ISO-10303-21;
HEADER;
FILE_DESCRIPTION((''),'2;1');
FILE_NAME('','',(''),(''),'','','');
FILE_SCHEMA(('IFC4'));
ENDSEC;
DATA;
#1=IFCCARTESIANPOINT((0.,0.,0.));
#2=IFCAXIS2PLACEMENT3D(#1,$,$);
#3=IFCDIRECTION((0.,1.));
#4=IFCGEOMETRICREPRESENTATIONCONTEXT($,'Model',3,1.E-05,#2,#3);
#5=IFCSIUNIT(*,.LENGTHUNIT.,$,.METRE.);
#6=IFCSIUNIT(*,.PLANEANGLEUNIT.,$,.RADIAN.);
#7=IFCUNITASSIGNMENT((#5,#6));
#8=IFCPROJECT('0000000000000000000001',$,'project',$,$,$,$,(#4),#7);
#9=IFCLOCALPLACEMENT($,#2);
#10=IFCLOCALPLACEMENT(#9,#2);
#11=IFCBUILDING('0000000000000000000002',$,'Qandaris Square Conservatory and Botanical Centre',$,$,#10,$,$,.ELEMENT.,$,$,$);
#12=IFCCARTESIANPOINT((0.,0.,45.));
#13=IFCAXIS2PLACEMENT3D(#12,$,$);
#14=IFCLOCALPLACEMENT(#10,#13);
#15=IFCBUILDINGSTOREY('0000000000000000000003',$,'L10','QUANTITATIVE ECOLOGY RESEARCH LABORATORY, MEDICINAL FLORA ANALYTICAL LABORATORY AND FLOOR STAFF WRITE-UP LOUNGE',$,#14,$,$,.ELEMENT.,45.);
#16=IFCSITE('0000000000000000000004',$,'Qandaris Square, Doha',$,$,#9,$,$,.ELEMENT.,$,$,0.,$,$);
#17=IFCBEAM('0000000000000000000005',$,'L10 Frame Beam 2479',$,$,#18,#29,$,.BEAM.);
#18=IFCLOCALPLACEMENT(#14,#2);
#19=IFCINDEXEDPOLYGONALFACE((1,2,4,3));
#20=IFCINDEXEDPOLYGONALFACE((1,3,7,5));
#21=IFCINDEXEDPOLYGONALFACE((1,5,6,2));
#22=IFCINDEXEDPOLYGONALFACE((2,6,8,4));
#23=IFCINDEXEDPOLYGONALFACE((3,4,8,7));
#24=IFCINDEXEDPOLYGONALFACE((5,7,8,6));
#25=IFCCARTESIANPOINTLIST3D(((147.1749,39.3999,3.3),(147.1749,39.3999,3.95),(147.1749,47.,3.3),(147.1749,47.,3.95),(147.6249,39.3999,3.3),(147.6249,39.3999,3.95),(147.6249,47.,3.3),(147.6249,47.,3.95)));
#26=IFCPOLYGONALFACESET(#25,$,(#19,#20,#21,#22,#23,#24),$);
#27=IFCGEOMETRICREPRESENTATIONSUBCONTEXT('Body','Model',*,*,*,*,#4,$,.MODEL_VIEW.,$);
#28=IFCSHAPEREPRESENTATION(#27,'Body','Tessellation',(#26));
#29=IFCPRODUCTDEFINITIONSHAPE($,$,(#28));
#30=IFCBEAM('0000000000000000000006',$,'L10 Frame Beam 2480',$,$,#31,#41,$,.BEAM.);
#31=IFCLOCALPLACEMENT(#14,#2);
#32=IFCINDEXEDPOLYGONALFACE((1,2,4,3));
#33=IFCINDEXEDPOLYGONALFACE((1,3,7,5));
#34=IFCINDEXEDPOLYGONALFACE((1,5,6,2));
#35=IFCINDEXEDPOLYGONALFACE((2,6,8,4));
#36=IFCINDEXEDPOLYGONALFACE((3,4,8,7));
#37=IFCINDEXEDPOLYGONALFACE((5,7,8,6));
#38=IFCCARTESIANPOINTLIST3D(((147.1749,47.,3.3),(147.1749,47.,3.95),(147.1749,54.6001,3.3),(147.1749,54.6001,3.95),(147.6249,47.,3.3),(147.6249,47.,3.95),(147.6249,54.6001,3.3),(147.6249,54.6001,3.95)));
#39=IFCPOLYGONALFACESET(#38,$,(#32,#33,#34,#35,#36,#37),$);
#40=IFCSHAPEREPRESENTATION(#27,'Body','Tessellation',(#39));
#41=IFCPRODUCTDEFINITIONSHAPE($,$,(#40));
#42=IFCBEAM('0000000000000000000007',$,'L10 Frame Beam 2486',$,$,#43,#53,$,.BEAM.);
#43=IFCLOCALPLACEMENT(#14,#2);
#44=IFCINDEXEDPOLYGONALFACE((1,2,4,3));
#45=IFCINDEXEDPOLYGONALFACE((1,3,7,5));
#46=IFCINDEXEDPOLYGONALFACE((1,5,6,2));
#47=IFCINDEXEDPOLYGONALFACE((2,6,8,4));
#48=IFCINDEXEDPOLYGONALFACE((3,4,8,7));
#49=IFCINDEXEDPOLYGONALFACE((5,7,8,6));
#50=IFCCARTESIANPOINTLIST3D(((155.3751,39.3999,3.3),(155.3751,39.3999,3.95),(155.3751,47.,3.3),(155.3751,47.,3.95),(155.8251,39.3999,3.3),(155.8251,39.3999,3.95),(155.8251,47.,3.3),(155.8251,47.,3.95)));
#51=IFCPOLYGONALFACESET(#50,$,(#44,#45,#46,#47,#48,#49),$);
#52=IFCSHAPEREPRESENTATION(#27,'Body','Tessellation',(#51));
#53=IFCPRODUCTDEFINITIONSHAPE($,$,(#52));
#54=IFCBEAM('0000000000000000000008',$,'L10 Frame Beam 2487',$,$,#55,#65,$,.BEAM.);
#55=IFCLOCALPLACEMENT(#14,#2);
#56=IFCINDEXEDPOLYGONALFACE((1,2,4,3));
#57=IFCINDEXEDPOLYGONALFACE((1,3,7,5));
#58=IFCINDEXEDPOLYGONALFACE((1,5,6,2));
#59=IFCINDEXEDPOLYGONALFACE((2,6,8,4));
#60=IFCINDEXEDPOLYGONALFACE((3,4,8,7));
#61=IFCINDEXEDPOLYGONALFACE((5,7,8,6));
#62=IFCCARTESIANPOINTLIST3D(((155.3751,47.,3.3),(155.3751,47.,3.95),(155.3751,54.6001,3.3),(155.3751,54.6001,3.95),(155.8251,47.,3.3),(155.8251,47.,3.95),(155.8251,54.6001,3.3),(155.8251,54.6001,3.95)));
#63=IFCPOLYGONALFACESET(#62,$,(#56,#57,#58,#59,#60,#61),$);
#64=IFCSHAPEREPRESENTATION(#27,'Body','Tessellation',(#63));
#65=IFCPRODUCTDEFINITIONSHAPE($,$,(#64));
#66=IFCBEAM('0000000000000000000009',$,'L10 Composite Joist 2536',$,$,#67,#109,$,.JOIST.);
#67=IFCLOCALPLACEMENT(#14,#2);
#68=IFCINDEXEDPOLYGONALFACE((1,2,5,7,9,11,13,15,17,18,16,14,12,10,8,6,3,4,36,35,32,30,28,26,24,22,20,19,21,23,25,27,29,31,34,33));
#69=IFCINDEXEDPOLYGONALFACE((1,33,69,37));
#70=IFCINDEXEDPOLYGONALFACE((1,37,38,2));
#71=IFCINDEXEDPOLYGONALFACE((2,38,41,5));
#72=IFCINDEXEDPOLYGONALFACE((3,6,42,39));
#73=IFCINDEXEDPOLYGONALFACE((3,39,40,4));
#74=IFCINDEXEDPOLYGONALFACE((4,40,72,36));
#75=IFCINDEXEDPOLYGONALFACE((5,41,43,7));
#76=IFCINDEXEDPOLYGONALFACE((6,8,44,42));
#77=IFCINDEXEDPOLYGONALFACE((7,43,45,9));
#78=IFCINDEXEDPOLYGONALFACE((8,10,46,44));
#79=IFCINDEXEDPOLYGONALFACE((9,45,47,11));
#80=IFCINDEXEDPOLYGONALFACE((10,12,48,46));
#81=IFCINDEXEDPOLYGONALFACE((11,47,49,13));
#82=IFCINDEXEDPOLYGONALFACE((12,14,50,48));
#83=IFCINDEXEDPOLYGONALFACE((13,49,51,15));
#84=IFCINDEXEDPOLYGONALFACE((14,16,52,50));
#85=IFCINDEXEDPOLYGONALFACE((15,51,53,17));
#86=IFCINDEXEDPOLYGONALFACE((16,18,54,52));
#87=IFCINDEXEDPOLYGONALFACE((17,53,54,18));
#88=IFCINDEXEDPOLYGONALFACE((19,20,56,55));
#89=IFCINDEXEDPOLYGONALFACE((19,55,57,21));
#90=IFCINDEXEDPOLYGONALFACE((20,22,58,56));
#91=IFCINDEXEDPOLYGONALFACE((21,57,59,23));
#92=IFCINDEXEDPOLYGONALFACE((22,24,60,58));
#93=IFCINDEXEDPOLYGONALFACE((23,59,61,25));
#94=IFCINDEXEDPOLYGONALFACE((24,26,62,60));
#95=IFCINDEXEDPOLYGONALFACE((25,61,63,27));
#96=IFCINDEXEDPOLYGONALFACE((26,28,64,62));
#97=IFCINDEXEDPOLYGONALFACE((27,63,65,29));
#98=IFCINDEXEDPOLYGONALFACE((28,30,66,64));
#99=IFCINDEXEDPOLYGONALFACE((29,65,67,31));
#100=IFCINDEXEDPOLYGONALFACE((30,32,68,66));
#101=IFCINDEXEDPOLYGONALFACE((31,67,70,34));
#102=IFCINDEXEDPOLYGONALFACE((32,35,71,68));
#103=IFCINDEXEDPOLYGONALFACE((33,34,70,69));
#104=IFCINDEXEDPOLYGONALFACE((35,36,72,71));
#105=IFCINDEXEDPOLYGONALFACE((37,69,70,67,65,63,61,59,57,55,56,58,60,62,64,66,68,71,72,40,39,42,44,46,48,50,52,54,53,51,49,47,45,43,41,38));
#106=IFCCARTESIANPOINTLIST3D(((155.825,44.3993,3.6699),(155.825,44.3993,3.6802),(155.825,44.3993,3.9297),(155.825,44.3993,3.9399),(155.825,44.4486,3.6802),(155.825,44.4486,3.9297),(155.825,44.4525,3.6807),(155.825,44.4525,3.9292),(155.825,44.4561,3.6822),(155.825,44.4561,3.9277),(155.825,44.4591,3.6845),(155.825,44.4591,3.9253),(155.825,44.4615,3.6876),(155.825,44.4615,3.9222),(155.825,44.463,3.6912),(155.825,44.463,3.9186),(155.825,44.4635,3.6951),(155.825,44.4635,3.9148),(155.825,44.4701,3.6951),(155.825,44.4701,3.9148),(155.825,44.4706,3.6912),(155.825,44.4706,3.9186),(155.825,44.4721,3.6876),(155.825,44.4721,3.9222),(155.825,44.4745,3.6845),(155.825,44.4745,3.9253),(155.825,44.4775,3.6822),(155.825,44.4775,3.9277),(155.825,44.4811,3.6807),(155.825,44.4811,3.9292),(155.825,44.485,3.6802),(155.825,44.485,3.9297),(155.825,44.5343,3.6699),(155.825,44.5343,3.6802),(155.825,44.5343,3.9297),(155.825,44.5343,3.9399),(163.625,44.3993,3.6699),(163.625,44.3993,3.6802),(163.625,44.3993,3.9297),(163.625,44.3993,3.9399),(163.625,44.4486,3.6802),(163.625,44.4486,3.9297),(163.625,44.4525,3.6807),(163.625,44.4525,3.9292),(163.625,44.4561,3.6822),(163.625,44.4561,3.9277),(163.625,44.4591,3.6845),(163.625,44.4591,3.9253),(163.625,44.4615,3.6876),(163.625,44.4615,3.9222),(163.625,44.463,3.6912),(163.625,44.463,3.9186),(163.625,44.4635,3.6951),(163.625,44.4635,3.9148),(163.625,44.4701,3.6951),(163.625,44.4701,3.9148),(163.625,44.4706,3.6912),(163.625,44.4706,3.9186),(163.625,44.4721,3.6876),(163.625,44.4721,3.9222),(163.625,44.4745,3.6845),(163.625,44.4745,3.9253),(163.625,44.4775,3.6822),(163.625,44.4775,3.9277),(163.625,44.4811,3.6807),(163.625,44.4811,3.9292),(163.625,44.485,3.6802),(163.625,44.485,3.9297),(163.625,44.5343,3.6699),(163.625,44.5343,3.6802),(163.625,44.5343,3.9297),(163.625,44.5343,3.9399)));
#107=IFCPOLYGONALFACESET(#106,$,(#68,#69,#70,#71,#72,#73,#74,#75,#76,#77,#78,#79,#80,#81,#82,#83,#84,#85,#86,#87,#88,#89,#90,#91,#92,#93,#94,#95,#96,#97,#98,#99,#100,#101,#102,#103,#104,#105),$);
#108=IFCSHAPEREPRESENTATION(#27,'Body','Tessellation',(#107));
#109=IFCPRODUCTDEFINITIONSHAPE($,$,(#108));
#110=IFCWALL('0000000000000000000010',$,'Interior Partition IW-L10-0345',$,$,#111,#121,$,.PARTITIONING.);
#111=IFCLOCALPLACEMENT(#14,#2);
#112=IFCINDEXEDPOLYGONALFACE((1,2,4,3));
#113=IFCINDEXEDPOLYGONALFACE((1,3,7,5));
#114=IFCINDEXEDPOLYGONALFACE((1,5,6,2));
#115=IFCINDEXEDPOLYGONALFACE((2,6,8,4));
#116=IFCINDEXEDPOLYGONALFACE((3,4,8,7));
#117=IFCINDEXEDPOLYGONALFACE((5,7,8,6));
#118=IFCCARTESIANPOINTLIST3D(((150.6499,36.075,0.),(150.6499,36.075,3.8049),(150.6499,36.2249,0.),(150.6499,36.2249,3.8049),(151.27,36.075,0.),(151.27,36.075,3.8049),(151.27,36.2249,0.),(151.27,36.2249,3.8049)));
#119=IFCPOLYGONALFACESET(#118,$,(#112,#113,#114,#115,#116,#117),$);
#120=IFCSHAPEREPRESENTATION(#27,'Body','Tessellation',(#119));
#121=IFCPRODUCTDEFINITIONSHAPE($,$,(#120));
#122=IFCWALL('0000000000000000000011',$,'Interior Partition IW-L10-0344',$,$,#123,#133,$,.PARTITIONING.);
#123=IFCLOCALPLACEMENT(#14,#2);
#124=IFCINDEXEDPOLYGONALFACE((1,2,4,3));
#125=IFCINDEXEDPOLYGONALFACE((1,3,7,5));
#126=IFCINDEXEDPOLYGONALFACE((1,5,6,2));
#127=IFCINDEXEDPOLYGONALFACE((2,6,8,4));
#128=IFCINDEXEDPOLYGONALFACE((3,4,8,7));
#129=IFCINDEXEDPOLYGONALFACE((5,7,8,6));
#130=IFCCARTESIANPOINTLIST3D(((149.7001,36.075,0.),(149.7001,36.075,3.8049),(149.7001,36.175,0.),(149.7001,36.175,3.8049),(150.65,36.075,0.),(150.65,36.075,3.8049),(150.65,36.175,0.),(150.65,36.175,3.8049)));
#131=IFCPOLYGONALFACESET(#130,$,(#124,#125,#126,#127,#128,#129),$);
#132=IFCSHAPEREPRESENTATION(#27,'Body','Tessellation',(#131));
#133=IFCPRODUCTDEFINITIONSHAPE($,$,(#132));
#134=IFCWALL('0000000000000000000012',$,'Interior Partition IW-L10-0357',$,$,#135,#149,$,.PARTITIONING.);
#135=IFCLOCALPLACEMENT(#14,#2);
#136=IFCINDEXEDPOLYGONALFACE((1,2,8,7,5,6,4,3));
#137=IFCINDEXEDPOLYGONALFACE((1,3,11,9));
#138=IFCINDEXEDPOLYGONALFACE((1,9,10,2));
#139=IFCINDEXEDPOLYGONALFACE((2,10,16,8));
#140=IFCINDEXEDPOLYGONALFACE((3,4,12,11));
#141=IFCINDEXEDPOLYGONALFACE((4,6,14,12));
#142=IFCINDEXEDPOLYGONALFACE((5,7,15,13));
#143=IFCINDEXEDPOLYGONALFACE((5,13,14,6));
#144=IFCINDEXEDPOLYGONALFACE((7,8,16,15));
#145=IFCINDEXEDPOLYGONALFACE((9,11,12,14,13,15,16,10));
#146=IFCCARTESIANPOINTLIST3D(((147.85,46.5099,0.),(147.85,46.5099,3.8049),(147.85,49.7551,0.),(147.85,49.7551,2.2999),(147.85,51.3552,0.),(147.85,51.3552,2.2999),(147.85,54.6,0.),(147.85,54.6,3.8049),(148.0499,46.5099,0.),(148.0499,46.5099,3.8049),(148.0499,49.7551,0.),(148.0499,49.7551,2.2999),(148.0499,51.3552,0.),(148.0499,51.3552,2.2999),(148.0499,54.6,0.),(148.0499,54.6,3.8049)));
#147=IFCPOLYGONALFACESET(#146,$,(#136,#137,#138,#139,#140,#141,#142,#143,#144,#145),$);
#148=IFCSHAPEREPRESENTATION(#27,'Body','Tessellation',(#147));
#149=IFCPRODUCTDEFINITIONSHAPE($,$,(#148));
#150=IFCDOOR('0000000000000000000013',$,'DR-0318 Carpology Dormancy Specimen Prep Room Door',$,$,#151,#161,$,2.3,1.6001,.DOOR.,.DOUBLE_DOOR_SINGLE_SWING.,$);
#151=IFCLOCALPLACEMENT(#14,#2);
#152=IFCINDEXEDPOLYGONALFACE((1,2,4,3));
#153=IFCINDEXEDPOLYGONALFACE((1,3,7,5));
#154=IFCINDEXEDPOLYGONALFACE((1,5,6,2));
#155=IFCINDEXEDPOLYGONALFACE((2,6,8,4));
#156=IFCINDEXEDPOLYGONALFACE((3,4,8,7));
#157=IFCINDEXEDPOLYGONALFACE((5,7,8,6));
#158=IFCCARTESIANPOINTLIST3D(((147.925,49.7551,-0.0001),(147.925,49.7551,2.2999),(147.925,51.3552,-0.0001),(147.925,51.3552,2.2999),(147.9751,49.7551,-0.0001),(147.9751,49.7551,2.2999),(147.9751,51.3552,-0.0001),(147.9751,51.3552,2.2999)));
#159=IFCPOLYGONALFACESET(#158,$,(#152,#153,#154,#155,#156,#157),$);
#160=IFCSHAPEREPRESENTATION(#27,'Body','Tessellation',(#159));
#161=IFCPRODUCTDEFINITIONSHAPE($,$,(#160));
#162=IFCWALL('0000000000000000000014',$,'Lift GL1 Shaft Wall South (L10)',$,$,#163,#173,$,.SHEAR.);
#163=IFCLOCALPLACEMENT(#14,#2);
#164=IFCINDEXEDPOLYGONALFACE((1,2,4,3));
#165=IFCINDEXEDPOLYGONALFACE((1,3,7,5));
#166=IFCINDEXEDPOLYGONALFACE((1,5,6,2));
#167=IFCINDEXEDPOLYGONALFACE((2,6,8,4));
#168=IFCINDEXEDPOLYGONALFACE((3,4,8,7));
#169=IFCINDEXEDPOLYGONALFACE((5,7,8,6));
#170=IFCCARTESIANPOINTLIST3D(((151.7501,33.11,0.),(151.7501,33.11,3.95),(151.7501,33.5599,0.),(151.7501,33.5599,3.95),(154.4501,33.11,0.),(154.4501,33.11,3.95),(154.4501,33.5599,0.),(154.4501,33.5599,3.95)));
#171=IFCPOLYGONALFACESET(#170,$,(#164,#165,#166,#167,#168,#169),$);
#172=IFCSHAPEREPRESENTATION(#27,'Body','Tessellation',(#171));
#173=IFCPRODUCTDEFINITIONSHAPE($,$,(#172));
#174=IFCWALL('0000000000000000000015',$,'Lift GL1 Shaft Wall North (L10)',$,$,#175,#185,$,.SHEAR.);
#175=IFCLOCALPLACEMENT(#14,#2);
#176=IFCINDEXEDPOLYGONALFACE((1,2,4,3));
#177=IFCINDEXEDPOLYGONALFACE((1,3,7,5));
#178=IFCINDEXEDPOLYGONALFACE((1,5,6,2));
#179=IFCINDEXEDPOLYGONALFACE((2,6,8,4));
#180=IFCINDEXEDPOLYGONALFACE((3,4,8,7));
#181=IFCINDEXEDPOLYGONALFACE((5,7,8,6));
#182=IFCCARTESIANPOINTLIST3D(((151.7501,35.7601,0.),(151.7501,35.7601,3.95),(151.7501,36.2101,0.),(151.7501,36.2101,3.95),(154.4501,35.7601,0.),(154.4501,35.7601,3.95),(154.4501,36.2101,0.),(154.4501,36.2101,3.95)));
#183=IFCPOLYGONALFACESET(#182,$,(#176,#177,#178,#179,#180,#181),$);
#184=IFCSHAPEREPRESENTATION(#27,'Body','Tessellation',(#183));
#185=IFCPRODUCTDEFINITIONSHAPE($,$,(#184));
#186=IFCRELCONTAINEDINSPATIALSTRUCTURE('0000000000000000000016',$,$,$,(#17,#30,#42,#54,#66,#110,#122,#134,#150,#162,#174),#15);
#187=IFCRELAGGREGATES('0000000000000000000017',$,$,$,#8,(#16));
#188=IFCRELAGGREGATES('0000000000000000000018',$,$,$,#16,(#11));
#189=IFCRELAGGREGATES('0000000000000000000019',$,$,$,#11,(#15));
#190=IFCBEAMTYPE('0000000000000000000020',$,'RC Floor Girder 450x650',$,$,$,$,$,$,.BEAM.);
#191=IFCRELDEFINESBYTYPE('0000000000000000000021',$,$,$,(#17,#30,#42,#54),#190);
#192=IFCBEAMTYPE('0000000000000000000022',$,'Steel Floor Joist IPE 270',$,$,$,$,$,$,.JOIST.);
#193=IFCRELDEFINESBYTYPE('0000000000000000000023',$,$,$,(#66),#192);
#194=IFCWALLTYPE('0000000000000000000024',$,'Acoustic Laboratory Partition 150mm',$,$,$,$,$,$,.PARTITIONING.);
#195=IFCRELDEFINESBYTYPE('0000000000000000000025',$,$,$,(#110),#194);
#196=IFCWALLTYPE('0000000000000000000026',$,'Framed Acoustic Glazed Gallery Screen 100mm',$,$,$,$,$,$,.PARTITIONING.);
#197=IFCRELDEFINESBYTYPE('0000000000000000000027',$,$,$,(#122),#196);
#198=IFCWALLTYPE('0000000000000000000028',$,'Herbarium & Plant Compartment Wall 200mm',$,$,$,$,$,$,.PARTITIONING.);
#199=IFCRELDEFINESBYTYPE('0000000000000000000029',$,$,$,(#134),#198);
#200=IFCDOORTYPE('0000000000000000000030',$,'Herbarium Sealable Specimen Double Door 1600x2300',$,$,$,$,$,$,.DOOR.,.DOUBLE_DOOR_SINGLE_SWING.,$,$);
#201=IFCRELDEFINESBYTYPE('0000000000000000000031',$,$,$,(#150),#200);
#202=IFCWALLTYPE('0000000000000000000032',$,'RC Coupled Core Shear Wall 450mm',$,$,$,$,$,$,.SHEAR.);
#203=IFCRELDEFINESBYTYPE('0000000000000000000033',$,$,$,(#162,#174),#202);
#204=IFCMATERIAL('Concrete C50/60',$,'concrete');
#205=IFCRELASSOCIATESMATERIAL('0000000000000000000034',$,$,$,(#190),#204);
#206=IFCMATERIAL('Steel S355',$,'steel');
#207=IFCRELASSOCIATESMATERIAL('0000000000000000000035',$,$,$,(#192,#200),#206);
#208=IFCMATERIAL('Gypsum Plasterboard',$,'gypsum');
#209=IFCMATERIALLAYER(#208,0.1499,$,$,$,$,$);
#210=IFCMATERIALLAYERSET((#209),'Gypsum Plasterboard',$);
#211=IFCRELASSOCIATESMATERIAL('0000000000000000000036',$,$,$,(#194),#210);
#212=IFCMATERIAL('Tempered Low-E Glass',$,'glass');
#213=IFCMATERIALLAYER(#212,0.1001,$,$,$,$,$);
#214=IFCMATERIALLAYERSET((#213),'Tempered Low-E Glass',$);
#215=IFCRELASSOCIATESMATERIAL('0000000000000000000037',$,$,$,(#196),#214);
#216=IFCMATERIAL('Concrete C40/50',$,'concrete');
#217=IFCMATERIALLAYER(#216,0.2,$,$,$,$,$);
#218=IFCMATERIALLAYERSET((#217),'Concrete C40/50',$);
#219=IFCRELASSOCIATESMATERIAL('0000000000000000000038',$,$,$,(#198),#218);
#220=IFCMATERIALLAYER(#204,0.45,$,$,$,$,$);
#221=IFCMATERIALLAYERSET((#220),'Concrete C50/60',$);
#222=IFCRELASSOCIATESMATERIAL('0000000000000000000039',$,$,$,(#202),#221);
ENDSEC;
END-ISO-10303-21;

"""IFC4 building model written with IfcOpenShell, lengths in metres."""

from ifc_helpers import new_model, si_unit, direction, frame, frame_2d, origin, origin_2d, place, context, subcontext, project, spatial, rectangle, i_section, extrude, material, layer, layer_set, material_profile, profile_set, type_object, element, fill, save


model = new_model("IFC4")

# Units and contexts
model_context = context("Model", 3, precision=1e-05, world=origin(), true_north=direction((0.0, 1.0)))
body_context = subcontext(model_context, "Body", "Model", "MODEL_VIEW")
ifc_project = project(units=[si_unit("LENGTHUNIT", "METRE"), si_unit("PLANEANGLEUNIT", "RADIAN")], contexts=[model_context])

# Site, building, storey
site_placement = place(None, origin())
site = spatial("IfcSite", under=ifc_project, at=site_placement, Name="Qandaris Square, Doha", CompositionType="ELEMENT", RefElevation=0.0)
building_placement = place(site_placement, origin())
building = spatial("IfcBuilding", under=site, at=building_placement, Name="Qandaris Square Conservatory and Botanical Centre", CompositionType="ELEMENT")
storey_placement = place(building_placement, frame((0.0, 0.0, 45.0)))
storey = spatial("IfcBuildingStorey", under=building, at=storey_placement, Name="L10", Description="QUANTITATIVE ECOLOGY RESEARCH LABORATORY, MEDICINAL FLORA ANALYTICAL LABORATORY AND FLOOR STAFF WRITE-UP LOUNGE", CompositionType="ELEMENT", Elevation=45.0)

# Shared definitions
ifc_material_1 = material(Name="Concrete C50/60", Category="concrete")

# Beams
ifc_material_2 = material(Name="Steel S355", Category="steel")
ifc_material_profile_1 = material_profile(ifc_material_1, rectangle(XDim=0.45, YDim=0.6499, at=origin_2d()), Name="RC-BM 450x650")
ifc_profile_set_1 = profile_set([ifc_material_profile_1], Name="Concrete C50/60")
beam_type_1 = type_object("IfcBeamType", Name="RC Floor Girder 450x650", PredefinedType="BEAM", material=ifc_profile_set_1)
for number, where, z_axis, x_axis, name in (
    (1, (147.3999, 39.3999, 3.625), (0.0, 1.0, 0.0), (-1.0, 0.0, 0.0), "L10 Frame Beam 2479"),
    (2, (147.3999, 47.0, 3.625), (0.0, 1.0, 0.0), (-1.0, 0.0, 0.0), "L10 Frame Beam 2480"),
    (3, (155.6001, 39.3999, 3.625), (0.0, 1.0, 0.0), (-1.0, 0.0, 0.0), "L10 Frame Beam 2486"),
    (4, (155.6001, 47.0, 3.625), (0.0, 1.0, 0.0), (-1.0, 0.0, 0.0), "L10 Frame Beam 2487"),
):
    element("IfcBeam", number, at=place(storey_placement, frame(where, z_axis=z_axis, x_axis=x_axis)), inside=storey, type_object=beam_type_1, Name=name, PredefinedType="BEAM", context=body_context, shape_type="SweptSolid", body=[
        extrude(rectangle(XDim=0.45, YDim=0.6499, at=origin_2d()), origin(), (0.0, 0.0, 1.0), 7.6001),
    ])
ifc_material_profile_2 = material_profile(ifc_material_2, i_section(OverallWidth=0.135, OverallDepth=0.27, WebThickness=0.0066, FlangeThickness=0.0103, FilletRadius=0.0149, at=origin_2d()), Name="IPE 270")
ifc_profile_set_2 = profile_set([ifc_material_profile_2], Name="Steel S355")
beam_type_2 = type_object("IfcBeamType", Name="Steel Floor Joist IPE 270", PredefinedType="JOIST", material=ifc_profile_set_2)
beam_1_placement = place(storey_placement, frame((155.825, 44.4668, 3.8049), z_axis=(1.0, 0.0, 0.0), x_axis=(0.0, 1.0, 0.0)))
element("IfcBeam", 5, at=beam_1_placement, inside=storey, type_object=beam_type_2, Name="L10 Composite Joist 2536", PredefinedType="JOIST", context=body_context, shape_type="SweptSolid", body=[
    extrude(i_section(OverallWidth=0.135, OverallDepth=0.27, WebThickness=0.0066, FlangeThickness=0.0103, FilletRadius=0.0149, at=origin_2d()), origin(), (0.0, 0.0, 1.0), 7.8),
])

# Walls
ifc_material_3 = material(Name="Gypsum Plasterboard", Category="gypsum")
ifc_layer_1 = layer(ifc_material_3, 0.1499)
ifc_layer_set_1 = layer_set([ifc_layer_1], Name="Gypsum Plasterboard")
wall_type_1 = type_object("IfcWallType", Name="Acoustic Laboratory Partition 150mm", PredefinedType="PARTITIONING", material=ifc_layer_set_1)
wall_1_placement = place(storey_placement, frame((150.6499, 36.1499, 0.0), z_axis=(0.0, 0.0, 1.0), x_axis=(1.0, 0.0, 0.0)))
element("IfcWall", 6, at=wall_1_placement, inside=storey, type_object=wall_type_1, Name="Interior Partition IW-L10-0345", PredefinedType="PARTITIONING", context=body_context, shape_type="SweptSolid", body=[
    extrude(rectangle(XDim=0.6201, YDim=0.1499, at=frame_2d((0.3101, 0.0))), origin(), (0.0, 0.0, 1.0), 3.8049),
])
ifc_material_4 = material(Name="Tempered Low-E Glass", Category="glass")
ifc_layer_2 = layer(ifc_material_4, 0.1001)
ifc_layer_set_2 = layer_set([ifc_layer_2], Name="Tempered Low-E Glass")
wall_type_2 = type_object("IfcWallType", Name="Framed Acoustic Glazed Gallery Screen 100mm", PredefinedType="PARTITIONING", material=ifc_layer_set_2)
wall_2_placement = place(storey_placement, frame((149.7, 36.125, 0.0), z_axis=(0.0, 0.0, 1.0), x_axis=(1.0, 0.0, 0.0)))
element("IfcWall", 7, at=wall_2_placement, inside=storey, type_object=wall_type_2, Name="Interior Partition IW-L10-0344", PredefinedType="PARTITIONING", context=body_context, shape_type="SweptSolid", body=[
    extrude(rectangle(XDim=0.95, YDim=0.1001, at=frame_2d((0.4751, 0.0))), origin(), (0.0, 0.0, 1.0), 3.8049),
])

# Wall, opening, door
ifc_material_5 = material(Name="Concrete C40/50", Category="concrete")
ifc_layer_3 = layer(ifc_material_5, 0.2)
ifc_layer_set_3 = layer_set([ifc_layer_3], Name="Concrete C40/50")
wall_type_3 = type_object("IfcWallType", Name="Herbarium & Plant Compartment Wall 200mm", PredefinedType="PARTITIONING", material=ifc_layer_set_3)
wall_3_placement = place(storey_placement, frame((147.95, 46.51, 0.0), z_axis=(0.0, 0.0, 1.0), x_axis=(0.0, 1.0, 0.0)))
wall_3 = element("IfcWall", 8, at=wall_3_placement, inside=storey, type_object=wall_type_3, Name="Interior Partition IW-L10-0357", PredefinedType="PARTITIONING", context=body_context, shape_type="SweptSolid", body=[
    extrude(rectangle(XDim=8.0901, YDim=0.2, at=frame_2d((4.0449, 0.0))), origin(), (0.0, 0.0, 1.0), 3.8049),
])
opening_1_placement = place(wall_3_placement, frame((3.2451, 0.0, 0.0)))
opening_1 = element("IfcOpeningElement", 9, at=opening_1_placement, cuts=wall_3, PredefinedType="OPENING", context=body_context, shape_type="SweptSolid", body=[
    extrude(rectangle(XDim=1.6001, YDim=2.3, at=frame_2d((0.8, 1.1499))), frame((0.0, 0.1118, 0.0), z_axis=(0.0, -1.0, 0.0), x_axis=(1.0, 0.0, 0.0)), (0.0, 0.0, 1.0), 0.2239),
])
door_type_1 = type_object("IfcDoorType", Name="Herbarium Sealable Specimen Double Door 1600x2300", OperationType="DOUBLE_DOOR_SINGLE_SWING", PredefinedType="DOOR", material=ifc_material_2)
door_1_placement = place(opening_1_placement, origin())
door_1 = element("IfcDoor", 10, at=door_1_placement, inside=storey, type_object=door_type_1, Name="DR-0318 Carpology Dormancy Specimen Prep Room Door", OperationType="DOUBLE_DOOR_SINGLE_SWING", OverallHeight=2.3, OverallWidth=1.6001, PredefinedType="DOOR", context=body_context, shape_type="SweptSolid", body=[
    extrude(rectangle(XDim=1.6001, YDim=2.3, at=frame_2d((0.8, 1.1499))), frame((0.0, 0.0249, 0.0), z_axis=(0.0, -1.0, 0.0), x_axis=(1.0, 0.0, 0.0)), (0.0, 0.0, 1.0), 0.05),
])
fill(opening_1, door_1)

# Walls
ifc_layer_4 = layer(ifc_material_1, 0.45)
ifc_layer_set_4 = layer_set([ifc_layer_4], Name="Concrete C50/60")
wall_type_4 = type_object("IfcWallType", Name="RC Coupled Core Shear Wall 450mm", PredefinedType="SHEAR", material=ifc_layer_set_4)
for number, where, z_axis, x_axis, name in (
    (11, (151.75, 33.335, 0.0), (0.0, 0.0, 1.0), (1.0, 0.0, 0.0), "Lift GL1 Shaft Wall South (L10)"),
    (12, (151.75, 35.9851, 0.0), (0.0, 0.0, 1.0), (1.0, 0.0, 0.0), "Lift GL1 Shaft Wall North (L10)"),
):
    element("IfcWall", number, at=place(storey_placement, frame(where, z_axis=z_axis, x_axis=x_axis)), inside=storey, type_object=wall_type_4, Name=name, PredefinedType="SHEAR", context=body_context, shape_type="SweptSolid", body=[
        extrude(rectangle(XDim=2.7, YDim=0.45, at=frame_2d((1.3501, 0.0))), origin(), (0.0, 0.0, 1.0), 3.95),
    ])

save(model, "model.ifc")
